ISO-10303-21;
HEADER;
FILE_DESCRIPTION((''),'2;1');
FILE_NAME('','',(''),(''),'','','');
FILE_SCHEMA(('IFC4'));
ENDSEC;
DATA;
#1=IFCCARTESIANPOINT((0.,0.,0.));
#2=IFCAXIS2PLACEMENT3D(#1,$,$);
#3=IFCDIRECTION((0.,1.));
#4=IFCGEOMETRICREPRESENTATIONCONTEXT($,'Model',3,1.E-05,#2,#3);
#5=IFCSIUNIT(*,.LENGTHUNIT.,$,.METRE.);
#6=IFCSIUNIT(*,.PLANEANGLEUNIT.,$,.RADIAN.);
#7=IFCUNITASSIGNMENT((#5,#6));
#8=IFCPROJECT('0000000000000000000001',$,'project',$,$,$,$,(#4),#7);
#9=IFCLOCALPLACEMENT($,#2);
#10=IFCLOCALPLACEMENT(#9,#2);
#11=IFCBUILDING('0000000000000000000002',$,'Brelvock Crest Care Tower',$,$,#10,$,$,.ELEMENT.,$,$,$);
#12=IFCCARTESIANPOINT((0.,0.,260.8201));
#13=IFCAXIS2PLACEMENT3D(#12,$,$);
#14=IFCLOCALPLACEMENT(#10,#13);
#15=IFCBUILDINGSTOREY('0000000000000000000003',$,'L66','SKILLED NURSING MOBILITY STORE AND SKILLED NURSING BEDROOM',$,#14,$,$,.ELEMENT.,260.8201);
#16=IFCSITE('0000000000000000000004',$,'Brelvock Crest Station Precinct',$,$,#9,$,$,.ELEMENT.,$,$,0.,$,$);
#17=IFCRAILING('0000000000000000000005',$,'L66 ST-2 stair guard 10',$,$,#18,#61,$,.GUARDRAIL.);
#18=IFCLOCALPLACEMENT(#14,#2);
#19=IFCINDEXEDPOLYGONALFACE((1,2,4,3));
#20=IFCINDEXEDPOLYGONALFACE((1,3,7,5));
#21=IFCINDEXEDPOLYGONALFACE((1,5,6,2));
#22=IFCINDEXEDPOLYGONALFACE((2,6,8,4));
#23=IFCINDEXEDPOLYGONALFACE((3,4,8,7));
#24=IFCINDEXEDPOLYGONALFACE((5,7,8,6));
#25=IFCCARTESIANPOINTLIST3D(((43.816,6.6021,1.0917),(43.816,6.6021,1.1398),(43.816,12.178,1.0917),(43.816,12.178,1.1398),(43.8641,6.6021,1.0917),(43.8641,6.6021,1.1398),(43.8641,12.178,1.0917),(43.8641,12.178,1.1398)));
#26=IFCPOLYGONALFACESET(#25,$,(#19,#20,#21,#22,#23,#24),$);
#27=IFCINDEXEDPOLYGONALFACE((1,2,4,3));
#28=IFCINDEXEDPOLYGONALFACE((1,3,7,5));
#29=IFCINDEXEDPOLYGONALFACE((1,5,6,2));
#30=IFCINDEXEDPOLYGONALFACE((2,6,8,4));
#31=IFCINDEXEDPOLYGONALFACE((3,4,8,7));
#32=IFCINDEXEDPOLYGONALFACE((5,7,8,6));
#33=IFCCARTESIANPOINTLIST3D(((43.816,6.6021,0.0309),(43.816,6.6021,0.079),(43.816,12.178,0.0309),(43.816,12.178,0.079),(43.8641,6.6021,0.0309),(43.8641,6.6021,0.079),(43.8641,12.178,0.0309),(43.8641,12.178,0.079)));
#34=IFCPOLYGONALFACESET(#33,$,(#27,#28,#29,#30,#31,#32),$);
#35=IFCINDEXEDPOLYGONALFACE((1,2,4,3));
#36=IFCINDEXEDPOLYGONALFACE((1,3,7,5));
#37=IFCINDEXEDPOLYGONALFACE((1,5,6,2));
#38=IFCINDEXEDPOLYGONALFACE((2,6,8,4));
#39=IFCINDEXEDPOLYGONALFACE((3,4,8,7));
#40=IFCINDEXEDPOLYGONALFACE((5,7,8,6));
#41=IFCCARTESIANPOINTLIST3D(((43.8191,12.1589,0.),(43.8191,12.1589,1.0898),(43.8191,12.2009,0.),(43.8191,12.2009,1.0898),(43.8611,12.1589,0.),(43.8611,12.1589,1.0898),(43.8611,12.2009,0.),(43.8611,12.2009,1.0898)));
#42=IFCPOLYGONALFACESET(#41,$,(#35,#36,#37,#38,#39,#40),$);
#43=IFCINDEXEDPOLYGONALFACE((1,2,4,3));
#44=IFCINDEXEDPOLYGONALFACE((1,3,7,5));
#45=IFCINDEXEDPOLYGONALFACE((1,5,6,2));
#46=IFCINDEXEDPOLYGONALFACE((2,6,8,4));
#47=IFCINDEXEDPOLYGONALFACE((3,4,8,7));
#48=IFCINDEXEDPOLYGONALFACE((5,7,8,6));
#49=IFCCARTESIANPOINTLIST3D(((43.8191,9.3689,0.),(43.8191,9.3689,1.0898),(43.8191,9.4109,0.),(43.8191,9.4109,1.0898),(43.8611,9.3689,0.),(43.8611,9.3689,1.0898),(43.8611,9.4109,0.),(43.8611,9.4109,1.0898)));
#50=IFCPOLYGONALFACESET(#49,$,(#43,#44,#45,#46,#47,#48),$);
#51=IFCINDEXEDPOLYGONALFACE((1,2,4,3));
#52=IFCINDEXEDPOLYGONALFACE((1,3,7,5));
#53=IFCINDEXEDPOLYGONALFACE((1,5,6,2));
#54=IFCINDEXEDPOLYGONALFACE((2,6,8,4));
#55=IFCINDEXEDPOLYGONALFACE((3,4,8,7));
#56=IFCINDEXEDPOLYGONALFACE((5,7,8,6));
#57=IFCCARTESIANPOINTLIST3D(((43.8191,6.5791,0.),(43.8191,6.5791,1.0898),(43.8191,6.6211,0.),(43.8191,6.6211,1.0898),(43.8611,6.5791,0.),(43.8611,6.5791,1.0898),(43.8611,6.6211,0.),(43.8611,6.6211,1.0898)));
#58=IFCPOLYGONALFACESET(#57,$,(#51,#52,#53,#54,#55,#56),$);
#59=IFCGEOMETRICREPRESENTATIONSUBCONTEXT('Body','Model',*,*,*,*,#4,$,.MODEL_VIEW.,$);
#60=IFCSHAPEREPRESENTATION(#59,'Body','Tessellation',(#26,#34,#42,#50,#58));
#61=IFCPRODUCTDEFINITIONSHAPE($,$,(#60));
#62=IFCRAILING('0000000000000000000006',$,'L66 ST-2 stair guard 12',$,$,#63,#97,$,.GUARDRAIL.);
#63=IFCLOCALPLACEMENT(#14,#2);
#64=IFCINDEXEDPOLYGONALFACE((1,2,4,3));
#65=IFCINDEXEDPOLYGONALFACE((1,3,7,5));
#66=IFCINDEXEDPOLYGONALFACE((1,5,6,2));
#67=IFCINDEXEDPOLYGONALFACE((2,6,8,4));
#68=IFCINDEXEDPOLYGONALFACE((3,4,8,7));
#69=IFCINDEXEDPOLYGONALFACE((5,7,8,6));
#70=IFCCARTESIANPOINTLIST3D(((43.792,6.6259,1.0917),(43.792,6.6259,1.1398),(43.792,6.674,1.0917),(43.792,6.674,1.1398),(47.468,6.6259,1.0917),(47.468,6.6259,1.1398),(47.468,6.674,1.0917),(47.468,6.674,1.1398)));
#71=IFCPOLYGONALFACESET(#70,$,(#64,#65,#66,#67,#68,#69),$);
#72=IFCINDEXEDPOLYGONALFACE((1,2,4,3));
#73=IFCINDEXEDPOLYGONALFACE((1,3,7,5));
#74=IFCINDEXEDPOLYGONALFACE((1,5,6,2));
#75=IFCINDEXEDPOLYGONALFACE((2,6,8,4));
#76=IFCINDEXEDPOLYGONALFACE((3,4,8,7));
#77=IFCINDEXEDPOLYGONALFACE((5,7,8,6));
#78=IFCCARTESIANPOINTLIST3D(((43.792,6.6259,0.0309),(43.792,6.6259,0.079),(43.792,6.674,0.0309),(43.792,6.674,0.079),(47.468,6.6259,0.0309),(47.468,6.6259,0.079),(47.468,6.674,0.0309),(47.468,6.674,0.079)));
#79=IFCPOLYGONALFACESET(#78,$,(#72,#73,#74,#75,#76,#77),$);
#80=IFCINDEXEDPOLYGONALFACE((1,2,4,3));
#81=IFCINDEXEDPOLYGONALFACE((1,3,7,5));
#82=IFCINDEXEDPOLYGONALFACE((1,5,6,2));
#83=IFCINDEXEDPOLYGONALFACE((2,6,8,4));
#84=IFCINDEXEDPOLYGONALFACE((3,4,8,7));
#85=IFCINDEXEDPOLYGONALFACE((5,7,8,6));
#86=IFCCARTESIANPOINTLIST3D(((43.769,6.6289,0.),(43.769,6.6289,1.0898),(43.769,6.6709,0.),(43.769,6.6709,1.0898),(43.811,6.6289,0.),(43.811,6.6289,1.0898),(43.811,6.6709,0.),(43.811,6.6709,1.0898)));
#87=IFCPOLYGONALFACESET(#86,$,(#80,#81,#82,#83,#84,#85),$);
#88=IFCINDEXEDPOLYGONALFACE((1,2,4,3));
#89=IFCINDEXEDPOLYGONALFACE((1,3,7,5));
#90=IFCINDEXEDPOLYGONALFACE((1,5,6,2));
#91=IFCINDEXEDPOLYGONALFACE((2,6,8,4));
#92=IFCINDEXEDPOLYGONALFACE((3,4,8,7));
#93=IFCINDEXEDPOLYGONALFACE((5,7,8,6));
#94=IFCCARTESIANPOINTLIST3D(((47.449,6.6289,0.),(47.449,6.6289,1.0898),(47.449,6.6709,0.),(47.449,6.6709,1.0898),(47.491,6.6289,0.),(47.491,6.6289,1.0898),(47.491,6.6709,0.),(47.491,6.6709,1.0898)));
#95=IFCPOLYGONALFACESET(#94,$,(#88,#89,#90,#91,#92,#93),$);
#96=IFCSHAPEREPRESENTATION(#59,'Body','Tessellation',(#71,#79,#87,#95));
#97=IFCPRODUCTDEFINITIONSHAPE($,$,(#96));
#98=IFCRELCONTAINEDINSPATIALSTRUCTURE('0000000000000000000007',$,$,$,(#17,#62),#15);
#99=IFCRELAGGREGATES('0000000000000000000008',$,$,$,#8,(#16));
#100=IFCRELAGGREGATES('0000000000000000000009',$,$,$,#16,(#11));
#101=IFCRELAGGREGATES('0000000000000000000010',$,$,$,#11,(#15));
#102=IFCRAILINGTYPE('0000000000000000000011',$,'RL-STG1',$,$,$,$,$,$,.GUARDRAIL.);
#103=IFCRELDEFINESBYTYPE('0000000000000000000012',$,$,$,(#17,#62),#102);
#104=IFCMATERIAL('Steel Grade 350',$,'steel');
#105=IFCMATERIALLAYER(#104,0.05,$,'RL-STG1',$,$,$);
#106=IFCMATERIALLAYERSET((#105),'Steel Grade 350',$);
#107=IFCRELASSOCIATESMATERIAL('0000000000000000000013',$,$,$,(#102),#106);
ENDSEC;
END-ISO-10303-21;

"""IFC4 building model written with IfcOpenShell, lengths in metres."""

from ifc_helpers import new_model, si_unit, direction, frame, origin, origin_2d, place, context, subcontext, project, spatial, rectangle, extrude, material, layer, layer_set, type_object, element, save


model = new_model("IFC4")

# Units and contexts
model_context = context("Model", 3, precision=1e-05, world=origin(), true_north=direction((0.0, 1.0)))
body_context = subcontext(model_context, "Body", "Model", "MODEL_VIEW")
ifc_project = project(units=[si_unit("LENGTHUNIT", "METRE"), si_unit("PLANEANGLEUNIT", "RADIAN")], contexts=[model_context])

# Site, building, storey
site_placement = place(None, origin())
site = spatial("IfcSite", under=ifc_project, at=site_placement, Name="Brelvock Crest Station Precinct", CompositionType="ELEMENT", RefElevation=0.0)
building_placement = place(site_placement, origin())
building = spatial("IfcBuilding", under=site, at=building_placement, Name="Brelvock Crest Care Tower", CompositionType="ELEMENT")
storey_placement = place(building_placement, frame((0.0, 0.0, 260.8201)))
storey = spatial("IfcBuildingStorey", under=building, at=storey_placement, Name="L66", Description="SKILLED NURSING MOBILITY STORE AND SKILLED NURSING BEDROOM", CompositionType="ELEMENT", Elevation=260.8201)

# Shared definitions
ifc_material_1 = material(Name="Steel Grade 350", Category="steel")

# Railings
ifc_layer_1 = layer(ifc_material_1, 0.05, Name="RL-STG1")
ifc_layer_set_1 = layer_set([ifc_layer_1], Name="Steel Grade 350")
railing_type = type_object("IfcRailingType", Name="RL-STG1", PredefinedType="GUARDRAIL", material=ifc_layer_set_1)
railing_1_placement = place(storey_placement, frame((43.8401, 12.1799, 0.0)))
element("IfcRailing", 1, at=railing_1_placement, inside=storey, type_object=railing_type, Name="L66 ST-2 stair guard 10", PredefinedType="GUARDRAIL", context=body_context, shape_type="SweptSolid", body=[
    extrude(rectangle(XDim=0.0481, YDim=0.0481, at=origin_2d()), frame((0.0, -0.002, 1.1157), z_axis=(0.0, -1.0, 0.0), x_axis=(1.0, 0.0, 0.0)), (0.0, 0.0, 1.0), 5.5759),
    extrude(rectangle(XDim=0.0481, YDim=0.0481, at=origin_2d()), frame((0.0, -0.002, 0.0549), z_axis=(0.0, -1.0, 0.0), x_axis=(1.0, 0.0, 0.0)), (0.0, 0.0, 1.0), 5.5759),
    extrude(rectangle(XDim=0.042, YDim=0.042, at=origin_2d()), origin(), (0.0, 0.0, 1.0), 1.0898),
    extrude(rectangle(XDim=0.042, YDim=0.042, at=origin_2d()), frame((0.0, -2.79, 0.0)), (0.0, 0.0, 1.0), 1.0898),
    extrude(rectangle(XDim=0.042, YDim=0.042, at=origin_2d()), frame((0.0, -5.5798, 0.0)), (0.0, 0.0, 1.0), 1.0898),
])
railing_2_placement = place(storey_placement, frame((43.79, 6.6499, 0.0)))
element("IfcRailing", 2, at=railing_2_placement, inside=storey, type_object=railing_type, Name="L66 ST-2 stair guard 12", PredefinedType="GUARDRAIL", context=body_context, shape_type="SweptSolid", body=[
    extrude(rectangle(XDim=0.0481, YDim=0.0481, at=origin_2d()), frame((0.002, 0.0, 1.1157), z_axis=(1.0, 0.0, 0.0), x_axis=(0.0, 1.0, 0.0)), (0.0, 0.0, 1.0), 3.676),
    extrude(rectangle(XDim=0.0481, YDim=0.0481, at=origin_2d()), frame((0.002, 0.0, 0.0549), z_axis=(1.0, 0.0, 0.0), x_axis=(0.0, 1.0, 0.0)), (0.0, 0.0, 1.0), 3.676),
    extrude(rectangle(XDim=0.042, YDim=0.042, at=origin_2d()), origin(), (0.0, 0.0, 1.0), 1.0898),
    extrude(rectangle(XDim=0.042, YDim=0.042, at=origin_2d()), frame((3.6799, 0.0, 0.0)), (0.0, 0.0, 1.0), 1.0898),
])

save(model, "model.ifc")
